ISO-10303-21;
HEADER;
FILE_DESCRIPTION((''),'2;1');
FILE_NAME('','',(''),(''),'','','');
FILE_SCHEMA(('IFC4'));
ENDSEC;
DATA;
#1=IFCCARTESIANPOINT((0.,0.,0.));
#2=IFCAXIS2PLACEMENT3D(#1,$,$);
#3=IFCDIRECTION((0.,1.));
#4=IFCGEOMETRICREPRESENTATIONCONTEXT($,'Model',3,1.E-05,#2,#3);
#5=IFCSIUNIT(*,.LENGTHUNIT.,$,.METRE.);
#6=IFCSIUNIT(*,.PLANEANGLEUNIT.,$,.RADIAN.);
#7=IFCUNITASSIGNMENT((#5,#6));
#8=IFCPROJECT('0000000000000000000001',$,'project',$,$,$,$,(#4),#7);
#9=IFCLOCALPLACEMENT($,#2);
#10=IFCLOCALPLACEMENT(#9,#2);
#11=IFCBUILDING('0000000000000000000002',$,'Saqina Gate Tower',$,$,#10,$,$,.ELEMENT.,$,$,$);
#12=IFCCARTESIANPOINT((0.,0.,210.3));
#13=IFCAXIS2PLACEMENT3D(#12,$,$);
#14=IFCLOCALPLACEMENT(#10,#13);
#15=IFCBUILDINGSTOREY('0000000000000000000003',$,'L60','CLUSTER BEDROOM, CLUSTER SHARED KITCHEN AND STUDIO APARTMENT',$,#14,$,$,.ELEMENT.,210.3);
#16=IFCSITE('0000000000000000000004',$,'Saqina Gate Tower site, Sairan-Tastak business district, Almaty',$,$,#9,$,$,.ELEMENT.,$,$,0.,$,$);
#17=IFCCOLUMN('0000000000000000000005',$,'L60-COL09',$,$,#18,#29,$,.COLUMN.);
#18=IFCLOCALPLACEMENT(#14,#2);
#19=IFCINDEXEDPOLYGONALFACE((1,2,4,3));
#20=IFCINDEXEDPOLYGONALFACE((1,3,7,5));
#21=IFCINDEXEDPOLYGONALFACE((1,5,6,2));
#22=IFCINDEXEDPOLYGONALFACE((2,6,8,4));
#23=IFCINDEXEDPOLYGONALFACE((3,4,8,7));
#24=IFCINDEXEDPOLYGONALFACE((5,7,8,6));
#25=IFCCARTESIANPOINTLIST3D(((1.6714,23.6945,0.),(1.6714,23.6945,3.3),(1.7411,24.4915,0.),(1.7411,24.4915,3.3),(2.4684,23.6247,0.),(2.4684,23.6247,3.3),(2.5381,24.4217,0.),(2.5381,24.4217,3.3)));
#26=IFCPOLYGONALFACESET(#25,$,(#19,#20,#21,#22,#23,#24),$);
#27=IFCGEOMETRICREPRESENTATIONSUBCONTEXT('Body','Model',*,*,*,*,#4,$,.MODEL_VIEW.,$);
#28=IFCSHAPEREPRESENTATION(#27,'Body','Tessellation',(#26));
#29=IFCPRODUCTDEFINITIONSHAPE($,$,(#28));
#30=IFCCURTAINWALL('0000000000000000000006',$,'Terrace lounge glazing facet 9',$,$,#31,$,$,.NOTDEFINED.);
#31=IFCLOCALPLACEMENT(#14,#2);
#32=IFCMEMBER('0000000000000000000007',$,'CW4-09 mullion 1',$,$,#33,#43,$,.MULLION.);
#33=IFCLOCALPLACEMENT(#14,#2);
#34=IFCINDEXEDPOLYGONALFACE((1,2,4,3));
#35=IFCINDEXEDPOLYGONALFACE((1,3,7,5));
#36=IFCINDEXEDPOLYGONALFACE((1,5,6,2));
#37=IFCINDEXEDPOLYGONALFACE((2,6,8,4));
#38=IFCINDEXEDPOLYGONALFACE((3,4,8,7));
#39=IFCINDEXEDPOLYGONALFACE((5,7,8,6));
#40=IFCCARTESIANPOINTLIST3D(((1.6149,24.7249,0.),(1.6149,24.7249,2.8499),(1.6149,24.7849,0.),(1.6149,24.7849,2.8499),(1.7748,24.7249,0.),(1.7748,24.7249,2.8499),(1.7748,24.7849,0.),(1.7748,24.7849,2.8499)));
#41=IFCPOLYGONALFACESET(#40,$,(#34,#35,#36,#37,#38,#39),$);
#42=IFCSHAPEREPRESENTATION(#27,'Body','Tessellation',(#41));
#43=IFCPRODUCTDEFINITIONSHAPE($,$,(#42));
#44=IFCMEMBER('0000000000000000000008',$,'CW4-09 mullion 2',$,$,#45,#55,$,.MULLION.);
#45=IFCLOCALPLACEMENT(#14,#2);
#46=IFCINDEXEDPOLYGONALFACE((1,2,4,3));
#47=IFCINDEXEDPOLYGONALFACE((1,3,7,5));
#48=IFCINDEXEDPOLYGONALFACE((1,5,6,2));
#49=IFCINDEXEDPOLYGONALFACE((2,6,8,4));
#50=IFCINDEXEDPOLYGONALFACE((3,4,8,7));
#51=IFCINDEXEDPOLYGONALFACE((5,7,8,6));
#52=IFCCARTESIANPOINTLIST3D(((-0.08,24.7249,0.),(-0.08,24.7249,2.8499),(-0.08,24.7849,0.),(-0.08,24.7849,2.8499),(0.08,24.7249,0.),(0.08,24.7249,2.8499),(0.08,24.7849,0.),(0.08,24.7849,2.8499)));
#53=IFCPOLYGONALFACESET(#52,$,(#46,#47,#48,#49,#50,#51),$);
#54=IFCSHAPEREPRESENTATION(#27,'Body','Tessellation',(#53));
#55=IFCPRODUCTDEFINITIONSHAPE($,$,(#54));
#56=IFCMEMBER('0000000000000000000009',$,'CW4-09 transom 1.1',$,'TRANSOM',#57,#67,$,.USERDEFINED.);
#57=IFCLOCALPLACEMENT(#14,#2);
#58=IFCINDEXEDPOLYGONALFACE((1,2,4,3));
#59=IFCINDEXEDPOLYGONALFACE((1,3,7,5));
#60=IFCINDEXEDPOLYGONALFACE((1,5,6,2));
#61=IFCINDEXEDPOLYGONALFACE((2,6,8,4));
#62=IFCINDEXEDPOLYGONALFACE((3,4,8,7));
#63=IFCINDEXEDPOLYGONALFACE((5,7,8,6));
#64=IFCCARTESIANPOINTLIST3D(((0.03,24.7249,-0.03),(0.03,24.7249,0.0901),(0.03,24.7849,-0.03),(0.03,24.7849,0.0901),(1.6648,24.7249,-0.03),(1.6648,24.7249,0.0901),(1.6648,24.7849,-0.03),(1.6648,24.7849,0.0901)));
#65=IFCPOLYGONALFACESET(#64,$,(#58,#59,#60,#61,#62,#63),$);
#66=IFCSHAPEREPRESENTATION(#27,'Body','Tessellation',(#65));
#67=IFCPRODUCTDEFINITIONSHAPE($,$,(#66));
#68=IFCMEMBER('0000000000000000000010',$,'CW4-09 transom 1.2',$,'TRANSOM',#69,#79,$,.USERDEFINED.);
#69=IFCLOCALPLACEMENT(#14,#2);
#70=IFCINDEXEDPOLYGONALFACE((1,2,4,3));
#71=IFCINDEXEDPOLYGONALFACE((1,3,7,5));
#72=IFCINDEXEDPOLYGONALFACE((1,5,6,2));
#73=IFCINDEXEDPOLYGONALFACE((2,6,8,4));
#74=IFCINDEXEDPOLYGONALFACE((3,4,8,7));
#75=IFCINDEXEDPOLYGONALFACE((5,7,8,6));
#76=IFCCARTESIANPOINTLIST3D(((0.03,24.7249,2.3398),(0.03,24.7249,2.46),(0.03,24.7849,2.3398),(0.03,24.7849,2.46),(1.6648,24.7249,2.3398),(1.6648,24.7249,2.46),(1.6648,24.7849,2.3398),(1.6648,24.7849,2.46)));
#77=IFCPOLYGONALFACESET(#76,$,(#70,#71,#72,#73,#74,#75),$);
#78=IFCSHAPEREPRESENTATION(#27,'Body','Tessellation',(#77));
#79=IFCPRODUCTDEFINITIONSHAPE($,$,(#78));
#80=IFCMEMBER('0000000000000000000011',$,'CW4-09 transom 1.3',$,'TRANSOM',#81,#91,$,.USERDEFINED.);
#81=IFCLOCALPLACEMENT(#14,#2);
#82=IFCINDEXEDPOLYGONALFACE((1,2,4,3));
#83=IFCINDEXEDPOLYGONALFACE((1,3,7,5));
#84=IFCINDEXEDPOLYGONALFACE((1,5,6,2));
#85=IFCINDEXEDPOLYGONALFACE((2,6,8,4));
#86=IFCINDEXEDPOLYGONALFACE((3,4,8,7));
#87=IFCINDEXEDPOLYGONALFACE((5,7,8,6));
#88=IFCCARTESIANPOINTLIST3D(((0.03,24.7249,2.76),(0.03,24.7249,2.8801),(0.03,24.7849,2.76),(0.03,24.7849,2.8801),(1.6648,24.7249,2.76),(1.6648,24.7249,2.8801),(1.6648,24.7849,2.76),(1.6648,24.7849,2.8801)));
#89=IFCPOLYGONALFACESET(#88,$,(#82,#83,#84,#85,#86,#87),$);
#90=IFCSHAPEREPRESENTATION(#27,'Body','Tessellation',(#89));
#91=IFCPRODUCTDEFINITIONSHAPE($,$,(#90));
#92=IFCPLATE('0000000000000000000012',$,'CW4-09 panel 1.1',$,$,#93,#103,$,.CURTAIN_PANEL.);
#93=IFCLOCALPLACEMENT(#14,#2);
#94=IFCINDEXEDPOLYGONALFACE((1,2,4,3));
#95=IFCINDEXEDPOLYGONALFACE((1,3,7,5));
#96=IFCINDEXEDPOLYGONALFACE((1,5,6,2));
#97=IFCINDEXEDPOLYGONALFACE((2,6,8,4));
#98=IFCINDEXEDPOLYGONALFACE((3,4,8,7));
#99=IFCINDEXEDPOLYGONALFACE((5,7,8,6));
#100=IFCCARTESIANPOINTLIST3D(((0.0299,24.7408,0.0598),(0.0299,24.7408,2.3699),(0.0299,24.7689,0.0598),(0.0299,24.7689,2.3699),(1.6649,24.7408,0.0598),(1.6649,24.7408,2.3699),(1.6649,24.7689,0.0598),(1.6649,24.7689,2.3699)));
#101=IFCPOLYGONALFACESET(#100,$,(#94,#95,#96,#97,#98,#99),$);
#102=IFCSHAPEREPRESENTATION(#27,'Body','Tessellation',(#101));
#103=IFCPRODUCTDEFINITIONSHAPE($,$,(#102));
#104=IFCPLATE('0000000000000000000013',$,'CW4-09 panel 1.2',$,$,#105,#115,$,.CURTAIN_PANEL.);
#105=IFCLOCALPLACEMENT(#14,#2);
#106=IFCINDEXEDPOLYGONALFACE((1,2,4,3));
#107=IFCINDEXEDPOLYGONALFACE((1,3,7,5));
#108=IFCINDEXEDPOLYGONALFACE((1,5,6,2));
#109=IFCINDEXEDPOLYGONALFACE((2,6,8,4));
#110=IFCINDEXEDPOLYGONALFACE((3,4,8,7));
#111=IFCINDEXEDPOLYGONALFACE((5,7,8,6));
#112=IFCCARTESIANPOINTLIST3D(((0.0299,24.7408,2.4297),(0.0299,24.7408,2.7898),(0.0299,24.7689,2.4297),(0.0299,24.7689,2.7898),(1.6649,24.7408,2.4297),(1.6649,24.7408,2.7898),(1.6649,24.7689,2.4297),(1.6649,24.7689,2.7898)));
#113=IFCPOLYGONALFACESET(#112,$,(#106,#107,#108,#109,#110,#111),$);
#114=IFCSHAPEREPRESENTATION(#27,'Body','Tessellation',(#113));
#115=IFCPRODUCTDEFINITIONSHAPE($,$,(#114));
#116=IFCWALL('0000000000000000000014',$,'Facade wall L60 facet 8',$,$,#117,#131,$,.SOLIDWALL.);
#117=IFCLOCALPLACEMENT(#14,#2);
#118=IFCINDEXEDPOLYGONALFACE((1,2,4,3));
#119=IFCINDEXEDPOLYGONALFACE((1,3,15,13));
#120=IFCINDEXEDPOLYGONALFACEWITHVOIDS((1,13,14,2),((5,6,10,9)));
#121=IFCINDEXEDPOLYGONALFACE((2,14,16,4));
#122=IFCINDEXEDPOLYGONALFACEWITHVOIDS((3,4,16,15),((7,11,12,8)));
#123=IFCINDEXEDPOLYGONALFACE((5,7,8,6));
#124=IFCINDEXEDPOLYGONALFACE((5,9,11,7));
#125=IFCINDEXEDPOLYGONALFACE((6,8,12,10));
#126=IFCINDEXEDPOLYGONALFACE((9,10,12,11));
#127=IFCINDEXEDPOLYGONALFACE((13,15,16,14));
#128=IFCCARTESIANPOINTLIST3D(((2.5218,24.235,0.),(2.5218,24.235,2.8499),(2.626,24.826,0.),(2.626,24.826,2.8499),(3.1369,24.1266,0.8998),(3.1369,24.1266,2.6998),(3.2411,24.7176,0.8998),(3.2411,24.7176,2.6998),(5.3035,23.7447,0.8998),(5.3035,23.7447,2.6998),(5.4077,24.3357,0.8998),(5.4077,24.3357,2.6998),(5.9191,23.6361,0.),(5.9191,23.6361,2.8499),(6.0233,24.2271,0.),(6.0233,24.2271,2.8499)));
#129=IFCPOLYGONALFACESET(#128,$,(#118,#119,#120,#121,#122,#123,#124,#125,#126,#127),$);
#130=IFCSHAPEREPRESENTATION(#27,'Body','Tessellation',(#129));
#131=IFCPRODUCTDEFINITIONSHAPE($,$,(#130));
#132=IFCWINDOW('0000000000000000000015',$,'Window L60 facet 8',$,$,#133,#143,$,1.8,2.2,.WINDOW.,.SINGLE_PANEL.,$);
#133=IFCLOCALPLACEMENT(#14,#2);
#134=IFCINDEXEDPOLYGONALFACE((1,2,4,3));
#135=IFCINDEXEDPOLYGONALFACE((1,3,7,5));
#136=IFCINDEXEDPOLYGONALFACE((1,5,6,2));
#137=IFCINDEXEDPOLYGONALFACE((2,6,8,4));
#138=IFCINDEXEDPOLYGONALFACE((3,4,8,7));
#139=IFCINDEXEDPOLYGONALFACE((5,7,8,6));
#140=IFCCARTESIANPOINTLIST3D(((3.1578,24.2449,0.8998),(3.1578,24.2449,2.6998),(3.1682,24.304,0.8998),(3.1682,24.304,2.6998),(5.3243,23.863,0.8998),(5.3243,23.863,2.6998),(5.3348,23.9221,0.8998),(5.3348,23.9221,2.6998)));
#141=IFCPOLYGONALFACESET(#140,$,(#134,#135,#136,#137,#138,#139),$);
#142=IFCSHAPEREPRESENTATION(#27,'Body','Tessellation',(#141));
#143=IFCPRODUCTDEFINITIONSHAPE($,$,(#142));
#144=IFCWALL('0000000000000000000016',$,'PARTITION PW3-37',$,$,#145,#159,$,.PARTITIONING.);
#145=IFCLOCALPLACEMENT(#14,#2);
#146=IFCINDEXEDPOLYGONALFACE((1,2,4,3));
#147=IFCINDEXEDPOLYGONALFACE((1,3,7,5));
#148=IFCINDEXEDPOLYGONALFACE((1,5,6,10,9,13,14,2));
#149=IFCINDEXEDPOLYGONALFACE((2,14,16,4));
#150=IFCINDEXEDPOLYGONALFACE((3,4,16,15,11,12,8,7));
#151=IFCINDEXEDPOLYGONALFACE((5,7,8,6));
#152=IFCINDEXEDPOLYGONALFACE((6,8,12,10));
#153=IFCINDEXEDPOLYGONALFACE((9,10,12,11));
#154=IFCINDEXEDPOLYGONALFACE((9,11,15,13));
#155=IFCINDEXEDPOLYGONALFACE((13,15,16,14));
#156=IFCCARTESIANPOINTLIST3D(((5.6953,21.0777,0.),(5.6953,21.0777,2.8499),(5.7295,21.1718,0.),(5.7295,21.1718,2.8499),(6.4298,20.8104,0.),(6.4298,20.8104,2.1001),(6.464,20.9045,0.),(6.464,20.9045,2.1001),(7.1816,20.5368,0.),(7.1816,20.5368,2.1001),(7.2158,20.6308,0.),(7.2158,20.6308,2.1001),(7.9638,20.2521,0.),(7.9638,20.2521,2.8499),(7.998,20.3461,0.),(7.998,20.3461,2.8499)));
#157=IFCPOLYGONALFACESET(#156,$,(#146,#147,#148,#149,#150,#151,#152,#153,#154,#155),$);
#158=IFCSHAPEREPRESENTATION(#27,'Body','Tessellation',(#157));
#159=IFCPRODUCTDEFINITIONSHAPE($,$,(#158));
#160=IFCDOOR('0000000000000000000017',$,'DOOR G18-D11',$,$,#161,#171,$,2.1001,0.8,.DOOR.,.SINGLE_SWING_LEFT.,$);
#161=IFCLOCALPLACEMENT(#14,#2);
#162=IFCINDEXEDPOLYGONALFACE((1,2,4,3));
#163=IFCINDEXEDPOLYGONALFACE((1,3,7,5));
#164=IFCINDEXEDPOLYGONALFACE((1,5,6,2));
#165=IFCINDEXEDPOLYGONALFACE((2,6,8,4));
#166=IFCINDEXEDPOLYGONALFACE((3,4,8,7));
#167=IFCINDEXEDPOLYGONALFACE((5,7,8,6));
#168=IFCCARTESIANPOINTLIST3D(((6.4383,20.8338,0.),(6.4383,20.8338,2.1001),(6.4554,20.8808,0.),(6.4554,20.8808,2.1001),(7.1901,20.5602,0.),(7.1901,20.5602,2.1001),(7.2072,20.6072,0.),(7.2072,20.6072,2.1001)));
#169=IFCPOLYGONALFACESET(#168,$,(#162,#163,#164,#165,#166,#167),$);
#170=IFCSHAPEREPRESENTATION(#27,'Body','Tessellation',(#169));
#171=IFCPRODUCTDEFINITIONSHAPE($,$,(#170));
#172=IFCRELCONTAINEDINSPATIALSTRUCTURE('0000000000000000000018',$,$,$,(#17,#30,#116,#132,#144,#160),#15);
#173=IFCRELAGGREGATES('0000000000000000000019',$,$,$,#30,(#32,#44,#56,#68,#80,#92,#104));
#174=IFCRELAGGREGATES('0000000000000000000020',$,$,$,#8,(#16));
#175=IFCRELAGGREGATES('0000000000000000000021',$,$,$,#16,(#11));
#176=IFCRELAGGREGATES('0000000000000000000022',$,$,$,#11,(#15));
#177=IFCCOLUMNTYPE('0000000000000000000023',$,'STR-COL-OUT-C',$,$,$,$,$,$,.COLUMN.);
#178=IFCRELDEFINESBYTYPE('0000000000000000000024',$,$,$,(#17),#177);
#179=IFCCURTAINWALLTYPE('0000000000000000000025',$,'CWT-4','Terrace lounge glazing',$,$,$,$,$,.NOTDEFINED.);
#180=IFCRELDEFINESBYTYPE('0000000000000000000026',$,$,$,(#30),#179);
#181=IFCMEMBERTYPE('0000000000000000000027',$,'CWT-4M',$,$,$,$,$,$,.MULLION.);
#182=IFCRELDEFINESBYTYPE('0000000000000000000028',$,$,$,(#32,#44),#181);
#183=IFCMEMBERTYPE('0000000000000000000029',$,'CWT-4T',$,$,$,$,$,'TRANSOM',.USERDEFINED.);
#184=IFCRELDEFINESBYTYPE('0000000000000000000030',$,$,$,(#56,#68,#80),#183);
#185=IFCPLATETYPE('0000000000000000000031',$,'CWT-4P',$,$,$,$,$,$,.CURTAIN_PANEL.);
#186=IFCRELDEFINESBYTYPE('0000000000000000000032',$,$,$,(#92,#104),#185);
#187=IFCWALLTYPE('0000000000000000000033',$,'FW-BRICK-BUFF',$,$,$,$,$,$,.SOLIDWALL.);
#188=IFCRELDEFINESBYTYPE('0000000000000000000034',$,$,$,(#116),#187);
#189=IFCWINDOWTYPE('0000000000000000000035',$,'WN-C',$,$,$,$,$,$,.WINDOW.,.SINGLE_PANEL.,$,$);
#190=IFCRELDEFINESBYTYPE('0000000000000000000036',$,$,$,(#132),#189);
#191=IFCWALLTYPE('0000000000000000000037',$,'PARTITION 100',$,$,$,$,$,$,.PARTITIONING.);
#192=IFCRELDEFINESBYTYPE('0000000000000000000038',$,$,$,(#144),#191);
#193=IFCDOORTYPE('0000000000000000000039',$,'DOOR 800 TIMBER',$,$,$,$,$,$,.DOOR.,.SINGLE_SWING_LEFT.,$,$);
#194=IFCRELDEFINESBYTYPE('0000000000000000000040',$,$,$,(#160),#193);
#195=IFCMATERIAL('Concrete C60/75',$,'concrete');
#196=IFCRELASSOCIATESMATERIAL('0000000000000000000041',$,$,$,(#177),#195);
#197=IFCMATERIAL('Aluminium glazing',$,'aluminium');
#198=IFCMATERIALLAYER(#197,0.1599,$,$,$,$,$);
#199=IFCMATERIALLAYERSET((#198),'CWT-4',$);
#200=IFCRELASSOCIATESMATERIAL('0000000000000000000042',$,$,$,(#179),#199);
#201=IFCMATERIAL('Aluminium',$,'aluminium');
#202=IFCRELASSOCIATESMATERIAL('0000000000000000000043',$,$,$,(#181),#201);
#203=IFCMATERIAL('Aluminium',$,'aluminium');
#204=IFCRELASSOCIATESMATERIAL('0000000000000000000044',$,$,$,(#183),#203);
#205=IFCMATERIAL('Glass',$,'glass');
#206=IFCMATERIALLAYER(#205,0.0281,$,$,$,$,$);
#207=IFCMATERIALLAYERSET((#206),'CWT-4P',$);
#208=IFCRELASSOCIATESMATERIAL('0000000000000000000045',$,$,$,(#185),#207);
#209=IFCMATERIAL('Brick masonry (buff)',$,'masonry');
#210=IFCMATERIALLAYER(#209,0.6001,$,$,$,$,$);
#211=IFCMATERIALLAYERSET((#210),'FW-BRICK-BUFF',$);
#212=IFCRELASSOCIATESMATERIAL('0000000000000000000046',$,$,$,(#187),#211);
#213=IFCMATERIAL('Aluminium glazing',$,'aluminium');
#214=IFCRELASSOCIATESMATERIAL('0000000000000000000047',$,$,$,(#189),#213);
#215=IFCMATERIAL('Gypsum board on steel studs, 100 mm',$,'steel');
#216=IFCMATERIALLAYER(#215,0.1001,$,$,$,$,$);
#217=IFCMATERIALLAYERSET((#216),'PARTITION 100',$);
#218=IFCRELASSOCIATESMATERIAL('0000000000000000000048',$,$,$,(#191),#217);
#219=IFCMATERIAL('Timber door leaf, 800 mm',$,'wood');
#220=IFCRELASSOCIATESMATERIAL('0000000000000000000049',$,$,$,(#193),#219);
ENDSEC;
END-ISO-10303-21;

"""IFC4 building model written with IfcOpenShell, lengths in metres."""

from ifc_helpers import new_model, si_unit, direction, frame, frame_2d, origin, origin_2d, place, context, subcontext, project, spatial, rectangle, extrude, material, layer, layer_set, material_profile, profile_set, type_object, element, fill, aggregate, save


model = new_model("IFC4")

# Units and contexts
model_context = context("Model", 3, precision=1e-05, world=origin(), true_north=direction((0.0, 1.0)))
body_context = subcontext(model_context, "Body", "Model", "MODEL_VIEW")
ifc_project = project(units=[si_unit("LENGTHUNIT", "METRE"), si_unit("PLANEANGLEUNIT", "RADIAN")], contexts=[model_context])

# Site, building, storey
site_placement = place(None, origin())
site = spatial("IfcSite", under=ifc_project, at=site_placement, Name="Saqina Gate Tower site, Sairan-Tastak business district, Almaty", CompositionType="ELEMENT", RefElevation=0.0)
building_placement = place(site_placement, origin())
building = spatial("IfcBuilding", under=site, at=building_placement, Name="Saqina Gate Tower", CompositionType="ELEMENT")
storey_placement = place(building_placement, frame((0.0, 0.0, 210.3)))
storey = spatial("IfcBuildingStorey", under=building, at=storey_placement, Name="L60", Description="CLUSTER BEDROOM, CLUSTER SHARED KITCHEN AND STUDIO APARTMENT", CompositionType="ELEMENT", Elevation=210.3)

# Column
ifc_material_1 = material(Name="Concrete C60/75", Category="concrete")
ifc_material_profile_1 = material_profile(ifc_material_1, rectangle(XDim=0.8, YDim=0.8, at=origin_2d()), Name="RC 800x800")
ifc_profile_set_1 = profile_set([ifc_material_profile_1], Name="Concrete C60/75")
column_type = type_object("IfcColumnType", Name="STR-COL-OUT-C", PredefinedType="COLUMN", material=ifc_profile_set_1)
column_placement = place(storey_placement, frame((2.1047, 24.0581, 0.0), z_axis=(0.0, 0.0, 1.0), x_axis=(0.087156, 0.996195, 0.0)))
element("IfcColumn", 1, at=column_placement, inside=storey, type_object=column_type, Name="L60-COL09", PredefinedType="COLUMN", context=body_context, shape_type="SweptSolid", body=[
    extrude(rectangle(XDim=0.8, YDim=0.8, at=origin_2d()), origin(), (0.0, 0.0, 1.0), 3.3),
])

# Curtain wall, members, plates
ifc_material_2 = material(Name="Aluminium glazing", Category="aluminium")
ifc_layer_1 = layer(ifc_material_2, 0.1599)
ifc_layer_set_1 = layer_set([ifc_layer_1], Name="CWT-4")
curtain_wall_type = type_object("IfcCurtainWallType", Name="CWT-4", Description="Terrace lounge glazing", PredefinedType="NOTDEFINED", material=ifc_layer_set_1)
curtain_wall_placement = place(storey_placement, origin())
curtain_wall = element("IfcCurtainWall", 2, at=curtain_wall_placement, inside=storey, type_object=curtain_wall_type, Name="Terrace lounge glazing facet 9", PredefinedType="NOTDEFINED")
ifc_material_3 = material(Name="Aluminium", Category="aluminium")
ifc_material_profile_2 = material_profile(ifc_material_3, rectangle(XDim=0.0601, YDim=0.1599, at=origin_2d()), Name="Aluminium 60x160")
ifc_profile_set_2 = profile_set([ifc_material_profile_2], Name="Aluminium")
member_type_1 = type_object("IfcMemberType", Name="CWT-4M", PredefinedType="MULLION", material=ifc_profile_set_2)
member_1_placement = place(storey_placement, frame((1.6948, 24.7549, 0.0), z_axis=(0.0, 0.0, 1.0), x_axis=(0.0, -1.0, 0.0)))
member_1 = element("IfcMember", 3, at=member_1_placement, type_object=member_type_1, Name="CW4-09 mullion 1", PredefinedType="MULLION", context=body_context, shape_type="SweptSolid", body=[
    extrude(rectangle(XDim=0.0601, YDim=0.1599, at=origin_2d()), origin(), (0.0, 0.0, 1.0), 2.8499),
])
member_2_placement = place(storey_placement, frame((0.0, 24.7549, 0.0), z_axis=(0.0, 0.0, 1.0), x_axis=(0.0, -1.0, 0.0)))
member_2 = element("IfcMember", 4, at=member_2_placement, type_object=member_type_1, Name="CW4-09 mullion 2", PredefinedType="MULLION", context=body_context, shape_type="SweptSolid", body=[
    extrude(rectangle(XDim=0.0601, YDim=0.1599, at=origin_2d()), origin(), (0.0, 0.0, 1.0), 2.8499),
])
ifc_material_4 = material(Name="Aluminium", Category="aluminium")
ifc_material_profile_3 = material_profile(ifc_material_4, rectangle(XDim=0.0601, YDim=0.1201, at=origin_2d()), Name="Aluminium 60x120")
ifc_profile_set_3 = profile_set([ifc_material_profile_3], Name="Aluminium")
member_type_2 = type_object("IfcMemberType", Name="CWT-4T", ElementType="TRANSOM", PredefinedType="USERDEFINED", material=ifc_profile_set_3)
member_3_placement = place(storey_placement, frame((1.6648, 24.7549, 0.03), z_axis=(-1.0, 0.0, 0.0), x_axis=(0.0, -1.0, 0.0)))
member_3 = element("IfcMember", 5, at=member_3_placement, type_object=member_type_2, Name="CW4-09 transom 1.1", ObjectType="TRANSOM", PredefinedType="USERDEFINED", context=body_context, shape_type="SweptSolid", body=[
    extrude(rectangle(XDim=0.0601, YDim=0.1201, at=origin_2d()), origin(), (0.0, 0.0, 1.0), 1.6348),
])
member_4_placement = place(storey_placement, frame((1.6648, 24.7549, 2.3999), z_axis=(-1.0, 0.0, 0.0), x_axis=(0.0, -1.0, 0.0)))
member_4 = element("IfcMember", 6, at=member_4_placement, type_object=member_type_2, Name="CW4-09 transom 1.2", ObjectType="TRANSOM", PredefinedType="USERDEFINED", context=body_context, shape_type="SweptSolid", body=[
    extrude(rectangle(XDim=0.0601, YDim=0.1201, at=origin_2d()), origin(), (0.0, 0.0, 1.0), 1.6348),
])
member_5_placement = place(storey_placement, frame((1.6648, 24.7549, 2.8201), z_axis=(-1.0, 0.0, 0.0), x_axis=(0.0, -1.0, 0.0)))
member_5 = element("IfcMember", 7, at=member_5_placement, type_object=member_type_2, Name="CW4-09 transom 1.3", ObjectType="TRANSOM", PredefinedType="USERDEFINED", context=body_context, shape_type="SweptSolid", body=[
    extrude(rectangle(XDim=0.0601, YDim=0.1201, at=origin_2d()), origin(), (0.0, 0.0, 1.0), 1.6348),
])
ifc_material_5 = material(Name="Glass", Category="glass")
ifc_layer_2 = layer(ifc_material_5, 0.0281)
ifc_layer_set_2 = layer_set([ifc_layer_2], Name="CWT-4P")
plate_type = type_object("IfcPlateType", Name="CWT-4P", PredefinedType="CURTAIN_PANEL", material=ifc_layer_set_2)
plate_1_placement = place(storey_placement, frame((0.8474, 24.7549, 0.0598), z_axis=(0.0, 0.0, 1.0), x_axis=(-1.0, 0.0, 0.0)))
plate_1 = element("IfcPlate", 8, at=plate_1_placement, type_object=plate_type, Name="CW4-09 panel 1.1", PredefinedType="CURTAIN_PANEL", context=body_context, shape_type="SweptSolid", body=[
    extrude(rectangle(XDim=1.635, YDim=0.0281, at=origin_2d()), origin(), (0.0, 0.0, 1.0), 2.3101),
])
plate_2_placement = place(storey_placement, frame((0.8474, 24.7549, 2.4297), z_axis=(0.0, 0.0, 1.0), x_axis=(-1.0, 0.0, 0.0)))
plate_2 = element("IfcPlate", 9, at=plate_2_placement, type_object=plate_type, Name="CW4-09 panel 1.2", PredefinedType="CURTAIN_PANEL", context=body_context, shape_type="SweptSolid", body=[
    extrude(rectangle(XDim=1.635, YDim=0.0281, at=origin_2d()), origin(), (0.0, 0.0, 1.0), 0.3601),
])
aggregate(curtain_wall, [member_1, member_2, member_3, member_4, member_5, plate_1, plate_2])

# Wall, opening, window
ifc_material_6 = material(Name="Brick masonry (buff)", Category="masonry")
ifc_layer_3 = layer(ifc_material_6, 0.6001)
ifc_layer_set_3 = layer_set([ifc_layer_3], Name="FW-BRICK-BUFF")
wall_type_1 = type_object("IfcWallType", Name="FW-BRICK-BUFF", PredefinedType="SOLIDWALL", material=ifc_layer_set_3)
wall_1_placement = place(storey_placement, frame((5.9712, 23.9316, 0.0), z_axis=(0.0, 0.0, 1.0), x_axis=(-0.984815, 0.173608, 0.0)))
wall_1 = element("IfcWall", 10, at=wall_1_placement, inside=storey, type_object=wall_type_1, Name="Facade wall L60 facet 8", PredefinedType="SOLIDWALL", context=body_context, shape_type="SweptSolid", body=[
    extrude(rectangle(XDim=3.4497, YDim=0.6001, at=frame_2d((1.7249, 0.0))), origin(), (0.0, 0.0, 1.0), 2.8499),
])
opening_1_placement = place(wall_1_placement, frame((0.625, 0.0, 0.8999)))
opening_1 = element("IfcOpeningElement", 11, at=opening_1_placement, cuts=wall_1, PredefinedType="OPENING", context=body_context, shape_type="SweptSolid", body=[
    extrude(rectangle(XDim=2.2, YDim=1.8, at=frame_2d((1.1001, 0.8999))), frame((0.0, 0.312, 0.0), z_axis=(0.0, -1.0, 0.0), x_axis=(1.0, 0.0, 0.0)), (0.0, 0.0, 1.0), 0.624),
])
ifc_material_7 = material(Name="Aluminium glazing", Category="aluminium")
window_type = type_object("IfcWindowType", Name="WN-C", PartitioningType="SINGLE_PANEL", PredefinedType="WINDOW", material=ifc_material_7)
window_placement = place(opening_1_placement, origin())
window = element("IfcWindow", 12, at=window_placement, inside=storey, type_object=window_type, Name="Window L60 facet 8", OverallHeight=1.8, OverallWidth=2.2, PartitioningType="SINGLE_PANEL", PredefinedType="WINDOW", context=body_context, shape_type="SweptSolid", body=[
    extrude(rectangle(XDim=2.2, YDim=1.8, at=frame_2d((1.1001, 0.8999))), frame((0.0, 0.1799, 0.0), z_axis=(0.0, -1.0, 0.0), x_axis=(1.0, 0.0, 0.0)), (0.0, 0.0, 1.0), 0.0601),
])
fill(opening_1, window)

# Wall, opening, door
ifc_material_8 = material(Name="Gypsum board on steel studs, 100 mm", Category="steel")
ifc_layer_4 = layer(ifc_material_8, 0.1001)
ifc_layer_set_4 = layer_set([ifc_layer_4], Name="PARTITION 100")
wall_type_2 = type_object("IfcWallType", Name="PARTITION 100", PredefinedType="PARTITIONING", material=ifc_layer_set_4)
wall_2_placement = place(storey_placement, frame((5.7124, 21.1248, 0.0), z_axis=(0.0, 0.0, 1.0), x_axis=(0.939693, -0.342019, 0.0)))
wall_2 = element("IfcWall", 13, at=wall_2_placement, inside=storey, type_object=wall_type_2, Name="PARTITION PW3-37", PredefinedType="PARTITIONING", context=body_context, shape_type="SweptSolid", body=[
    extrude(rectangle(XDim=2.4141, YDim=0.1001, at=frame_2d((1.207, 0.0))), origin(), (0.0, 0.0, 1.0), 2.8499),
])
opening_2_placement = place(wall_2_placement, frame((0.7817, 0.0, 0.0)))
opening_2 = element("IfcOpeningElement", 14, at=opening_2_placement, cuts=wall_2, PredefinedType="OPENING", context=body_context, shape_type="SweptSolid", body=[
    extrude(rectangle(XDim=0.8, YDim=2.1001, at=frame_2d((0.3999, 1.05))), frame((0.0, 0.062, 0.0), z_axis=(0.0, -1.0, 0.0), x_axis=(1.0, 0.0, 0.0)), (0.0, 0.0, 1.0), 0.124),
])
ifc_material_9 = material(Name="Timber door leaf, 800 mm", Category="wood")
door_type = type_object("IfcDoorType", Name="DOOR 800 TIMBER", OperationType="SINGLE_SWING_LEFT", PredefinedType="DOOR", material=ifc_material_9)
door_1_placement = place(opening_2_placement, origin())
door_1 = element("IfcDoor", 15, at=door_1_placement, inside=storey, type_object=door_type, Name="DOOR G18-D11", OperationType="SINGLE_SWING_LEFT", OverallHeight=2.1001, OverallWidth=0.8, PredefinedType="DOOR", context=body_context, shape_type="SweptSolid", body=[
    extrude(rectangle(XDim=0.8, YDim=2.1001, at=frame_2d((0.3999, 1.05))), frame((0.0, 0.0249, 0.0), z_axis=(0.0, -1.0, 0.0), x_axis=(1.0, 0.0, 0.0)), (0.0, 0.0, 1.0), 0.05),
])
fill(opening_2, door_1)

save(model, "model.ifc")
